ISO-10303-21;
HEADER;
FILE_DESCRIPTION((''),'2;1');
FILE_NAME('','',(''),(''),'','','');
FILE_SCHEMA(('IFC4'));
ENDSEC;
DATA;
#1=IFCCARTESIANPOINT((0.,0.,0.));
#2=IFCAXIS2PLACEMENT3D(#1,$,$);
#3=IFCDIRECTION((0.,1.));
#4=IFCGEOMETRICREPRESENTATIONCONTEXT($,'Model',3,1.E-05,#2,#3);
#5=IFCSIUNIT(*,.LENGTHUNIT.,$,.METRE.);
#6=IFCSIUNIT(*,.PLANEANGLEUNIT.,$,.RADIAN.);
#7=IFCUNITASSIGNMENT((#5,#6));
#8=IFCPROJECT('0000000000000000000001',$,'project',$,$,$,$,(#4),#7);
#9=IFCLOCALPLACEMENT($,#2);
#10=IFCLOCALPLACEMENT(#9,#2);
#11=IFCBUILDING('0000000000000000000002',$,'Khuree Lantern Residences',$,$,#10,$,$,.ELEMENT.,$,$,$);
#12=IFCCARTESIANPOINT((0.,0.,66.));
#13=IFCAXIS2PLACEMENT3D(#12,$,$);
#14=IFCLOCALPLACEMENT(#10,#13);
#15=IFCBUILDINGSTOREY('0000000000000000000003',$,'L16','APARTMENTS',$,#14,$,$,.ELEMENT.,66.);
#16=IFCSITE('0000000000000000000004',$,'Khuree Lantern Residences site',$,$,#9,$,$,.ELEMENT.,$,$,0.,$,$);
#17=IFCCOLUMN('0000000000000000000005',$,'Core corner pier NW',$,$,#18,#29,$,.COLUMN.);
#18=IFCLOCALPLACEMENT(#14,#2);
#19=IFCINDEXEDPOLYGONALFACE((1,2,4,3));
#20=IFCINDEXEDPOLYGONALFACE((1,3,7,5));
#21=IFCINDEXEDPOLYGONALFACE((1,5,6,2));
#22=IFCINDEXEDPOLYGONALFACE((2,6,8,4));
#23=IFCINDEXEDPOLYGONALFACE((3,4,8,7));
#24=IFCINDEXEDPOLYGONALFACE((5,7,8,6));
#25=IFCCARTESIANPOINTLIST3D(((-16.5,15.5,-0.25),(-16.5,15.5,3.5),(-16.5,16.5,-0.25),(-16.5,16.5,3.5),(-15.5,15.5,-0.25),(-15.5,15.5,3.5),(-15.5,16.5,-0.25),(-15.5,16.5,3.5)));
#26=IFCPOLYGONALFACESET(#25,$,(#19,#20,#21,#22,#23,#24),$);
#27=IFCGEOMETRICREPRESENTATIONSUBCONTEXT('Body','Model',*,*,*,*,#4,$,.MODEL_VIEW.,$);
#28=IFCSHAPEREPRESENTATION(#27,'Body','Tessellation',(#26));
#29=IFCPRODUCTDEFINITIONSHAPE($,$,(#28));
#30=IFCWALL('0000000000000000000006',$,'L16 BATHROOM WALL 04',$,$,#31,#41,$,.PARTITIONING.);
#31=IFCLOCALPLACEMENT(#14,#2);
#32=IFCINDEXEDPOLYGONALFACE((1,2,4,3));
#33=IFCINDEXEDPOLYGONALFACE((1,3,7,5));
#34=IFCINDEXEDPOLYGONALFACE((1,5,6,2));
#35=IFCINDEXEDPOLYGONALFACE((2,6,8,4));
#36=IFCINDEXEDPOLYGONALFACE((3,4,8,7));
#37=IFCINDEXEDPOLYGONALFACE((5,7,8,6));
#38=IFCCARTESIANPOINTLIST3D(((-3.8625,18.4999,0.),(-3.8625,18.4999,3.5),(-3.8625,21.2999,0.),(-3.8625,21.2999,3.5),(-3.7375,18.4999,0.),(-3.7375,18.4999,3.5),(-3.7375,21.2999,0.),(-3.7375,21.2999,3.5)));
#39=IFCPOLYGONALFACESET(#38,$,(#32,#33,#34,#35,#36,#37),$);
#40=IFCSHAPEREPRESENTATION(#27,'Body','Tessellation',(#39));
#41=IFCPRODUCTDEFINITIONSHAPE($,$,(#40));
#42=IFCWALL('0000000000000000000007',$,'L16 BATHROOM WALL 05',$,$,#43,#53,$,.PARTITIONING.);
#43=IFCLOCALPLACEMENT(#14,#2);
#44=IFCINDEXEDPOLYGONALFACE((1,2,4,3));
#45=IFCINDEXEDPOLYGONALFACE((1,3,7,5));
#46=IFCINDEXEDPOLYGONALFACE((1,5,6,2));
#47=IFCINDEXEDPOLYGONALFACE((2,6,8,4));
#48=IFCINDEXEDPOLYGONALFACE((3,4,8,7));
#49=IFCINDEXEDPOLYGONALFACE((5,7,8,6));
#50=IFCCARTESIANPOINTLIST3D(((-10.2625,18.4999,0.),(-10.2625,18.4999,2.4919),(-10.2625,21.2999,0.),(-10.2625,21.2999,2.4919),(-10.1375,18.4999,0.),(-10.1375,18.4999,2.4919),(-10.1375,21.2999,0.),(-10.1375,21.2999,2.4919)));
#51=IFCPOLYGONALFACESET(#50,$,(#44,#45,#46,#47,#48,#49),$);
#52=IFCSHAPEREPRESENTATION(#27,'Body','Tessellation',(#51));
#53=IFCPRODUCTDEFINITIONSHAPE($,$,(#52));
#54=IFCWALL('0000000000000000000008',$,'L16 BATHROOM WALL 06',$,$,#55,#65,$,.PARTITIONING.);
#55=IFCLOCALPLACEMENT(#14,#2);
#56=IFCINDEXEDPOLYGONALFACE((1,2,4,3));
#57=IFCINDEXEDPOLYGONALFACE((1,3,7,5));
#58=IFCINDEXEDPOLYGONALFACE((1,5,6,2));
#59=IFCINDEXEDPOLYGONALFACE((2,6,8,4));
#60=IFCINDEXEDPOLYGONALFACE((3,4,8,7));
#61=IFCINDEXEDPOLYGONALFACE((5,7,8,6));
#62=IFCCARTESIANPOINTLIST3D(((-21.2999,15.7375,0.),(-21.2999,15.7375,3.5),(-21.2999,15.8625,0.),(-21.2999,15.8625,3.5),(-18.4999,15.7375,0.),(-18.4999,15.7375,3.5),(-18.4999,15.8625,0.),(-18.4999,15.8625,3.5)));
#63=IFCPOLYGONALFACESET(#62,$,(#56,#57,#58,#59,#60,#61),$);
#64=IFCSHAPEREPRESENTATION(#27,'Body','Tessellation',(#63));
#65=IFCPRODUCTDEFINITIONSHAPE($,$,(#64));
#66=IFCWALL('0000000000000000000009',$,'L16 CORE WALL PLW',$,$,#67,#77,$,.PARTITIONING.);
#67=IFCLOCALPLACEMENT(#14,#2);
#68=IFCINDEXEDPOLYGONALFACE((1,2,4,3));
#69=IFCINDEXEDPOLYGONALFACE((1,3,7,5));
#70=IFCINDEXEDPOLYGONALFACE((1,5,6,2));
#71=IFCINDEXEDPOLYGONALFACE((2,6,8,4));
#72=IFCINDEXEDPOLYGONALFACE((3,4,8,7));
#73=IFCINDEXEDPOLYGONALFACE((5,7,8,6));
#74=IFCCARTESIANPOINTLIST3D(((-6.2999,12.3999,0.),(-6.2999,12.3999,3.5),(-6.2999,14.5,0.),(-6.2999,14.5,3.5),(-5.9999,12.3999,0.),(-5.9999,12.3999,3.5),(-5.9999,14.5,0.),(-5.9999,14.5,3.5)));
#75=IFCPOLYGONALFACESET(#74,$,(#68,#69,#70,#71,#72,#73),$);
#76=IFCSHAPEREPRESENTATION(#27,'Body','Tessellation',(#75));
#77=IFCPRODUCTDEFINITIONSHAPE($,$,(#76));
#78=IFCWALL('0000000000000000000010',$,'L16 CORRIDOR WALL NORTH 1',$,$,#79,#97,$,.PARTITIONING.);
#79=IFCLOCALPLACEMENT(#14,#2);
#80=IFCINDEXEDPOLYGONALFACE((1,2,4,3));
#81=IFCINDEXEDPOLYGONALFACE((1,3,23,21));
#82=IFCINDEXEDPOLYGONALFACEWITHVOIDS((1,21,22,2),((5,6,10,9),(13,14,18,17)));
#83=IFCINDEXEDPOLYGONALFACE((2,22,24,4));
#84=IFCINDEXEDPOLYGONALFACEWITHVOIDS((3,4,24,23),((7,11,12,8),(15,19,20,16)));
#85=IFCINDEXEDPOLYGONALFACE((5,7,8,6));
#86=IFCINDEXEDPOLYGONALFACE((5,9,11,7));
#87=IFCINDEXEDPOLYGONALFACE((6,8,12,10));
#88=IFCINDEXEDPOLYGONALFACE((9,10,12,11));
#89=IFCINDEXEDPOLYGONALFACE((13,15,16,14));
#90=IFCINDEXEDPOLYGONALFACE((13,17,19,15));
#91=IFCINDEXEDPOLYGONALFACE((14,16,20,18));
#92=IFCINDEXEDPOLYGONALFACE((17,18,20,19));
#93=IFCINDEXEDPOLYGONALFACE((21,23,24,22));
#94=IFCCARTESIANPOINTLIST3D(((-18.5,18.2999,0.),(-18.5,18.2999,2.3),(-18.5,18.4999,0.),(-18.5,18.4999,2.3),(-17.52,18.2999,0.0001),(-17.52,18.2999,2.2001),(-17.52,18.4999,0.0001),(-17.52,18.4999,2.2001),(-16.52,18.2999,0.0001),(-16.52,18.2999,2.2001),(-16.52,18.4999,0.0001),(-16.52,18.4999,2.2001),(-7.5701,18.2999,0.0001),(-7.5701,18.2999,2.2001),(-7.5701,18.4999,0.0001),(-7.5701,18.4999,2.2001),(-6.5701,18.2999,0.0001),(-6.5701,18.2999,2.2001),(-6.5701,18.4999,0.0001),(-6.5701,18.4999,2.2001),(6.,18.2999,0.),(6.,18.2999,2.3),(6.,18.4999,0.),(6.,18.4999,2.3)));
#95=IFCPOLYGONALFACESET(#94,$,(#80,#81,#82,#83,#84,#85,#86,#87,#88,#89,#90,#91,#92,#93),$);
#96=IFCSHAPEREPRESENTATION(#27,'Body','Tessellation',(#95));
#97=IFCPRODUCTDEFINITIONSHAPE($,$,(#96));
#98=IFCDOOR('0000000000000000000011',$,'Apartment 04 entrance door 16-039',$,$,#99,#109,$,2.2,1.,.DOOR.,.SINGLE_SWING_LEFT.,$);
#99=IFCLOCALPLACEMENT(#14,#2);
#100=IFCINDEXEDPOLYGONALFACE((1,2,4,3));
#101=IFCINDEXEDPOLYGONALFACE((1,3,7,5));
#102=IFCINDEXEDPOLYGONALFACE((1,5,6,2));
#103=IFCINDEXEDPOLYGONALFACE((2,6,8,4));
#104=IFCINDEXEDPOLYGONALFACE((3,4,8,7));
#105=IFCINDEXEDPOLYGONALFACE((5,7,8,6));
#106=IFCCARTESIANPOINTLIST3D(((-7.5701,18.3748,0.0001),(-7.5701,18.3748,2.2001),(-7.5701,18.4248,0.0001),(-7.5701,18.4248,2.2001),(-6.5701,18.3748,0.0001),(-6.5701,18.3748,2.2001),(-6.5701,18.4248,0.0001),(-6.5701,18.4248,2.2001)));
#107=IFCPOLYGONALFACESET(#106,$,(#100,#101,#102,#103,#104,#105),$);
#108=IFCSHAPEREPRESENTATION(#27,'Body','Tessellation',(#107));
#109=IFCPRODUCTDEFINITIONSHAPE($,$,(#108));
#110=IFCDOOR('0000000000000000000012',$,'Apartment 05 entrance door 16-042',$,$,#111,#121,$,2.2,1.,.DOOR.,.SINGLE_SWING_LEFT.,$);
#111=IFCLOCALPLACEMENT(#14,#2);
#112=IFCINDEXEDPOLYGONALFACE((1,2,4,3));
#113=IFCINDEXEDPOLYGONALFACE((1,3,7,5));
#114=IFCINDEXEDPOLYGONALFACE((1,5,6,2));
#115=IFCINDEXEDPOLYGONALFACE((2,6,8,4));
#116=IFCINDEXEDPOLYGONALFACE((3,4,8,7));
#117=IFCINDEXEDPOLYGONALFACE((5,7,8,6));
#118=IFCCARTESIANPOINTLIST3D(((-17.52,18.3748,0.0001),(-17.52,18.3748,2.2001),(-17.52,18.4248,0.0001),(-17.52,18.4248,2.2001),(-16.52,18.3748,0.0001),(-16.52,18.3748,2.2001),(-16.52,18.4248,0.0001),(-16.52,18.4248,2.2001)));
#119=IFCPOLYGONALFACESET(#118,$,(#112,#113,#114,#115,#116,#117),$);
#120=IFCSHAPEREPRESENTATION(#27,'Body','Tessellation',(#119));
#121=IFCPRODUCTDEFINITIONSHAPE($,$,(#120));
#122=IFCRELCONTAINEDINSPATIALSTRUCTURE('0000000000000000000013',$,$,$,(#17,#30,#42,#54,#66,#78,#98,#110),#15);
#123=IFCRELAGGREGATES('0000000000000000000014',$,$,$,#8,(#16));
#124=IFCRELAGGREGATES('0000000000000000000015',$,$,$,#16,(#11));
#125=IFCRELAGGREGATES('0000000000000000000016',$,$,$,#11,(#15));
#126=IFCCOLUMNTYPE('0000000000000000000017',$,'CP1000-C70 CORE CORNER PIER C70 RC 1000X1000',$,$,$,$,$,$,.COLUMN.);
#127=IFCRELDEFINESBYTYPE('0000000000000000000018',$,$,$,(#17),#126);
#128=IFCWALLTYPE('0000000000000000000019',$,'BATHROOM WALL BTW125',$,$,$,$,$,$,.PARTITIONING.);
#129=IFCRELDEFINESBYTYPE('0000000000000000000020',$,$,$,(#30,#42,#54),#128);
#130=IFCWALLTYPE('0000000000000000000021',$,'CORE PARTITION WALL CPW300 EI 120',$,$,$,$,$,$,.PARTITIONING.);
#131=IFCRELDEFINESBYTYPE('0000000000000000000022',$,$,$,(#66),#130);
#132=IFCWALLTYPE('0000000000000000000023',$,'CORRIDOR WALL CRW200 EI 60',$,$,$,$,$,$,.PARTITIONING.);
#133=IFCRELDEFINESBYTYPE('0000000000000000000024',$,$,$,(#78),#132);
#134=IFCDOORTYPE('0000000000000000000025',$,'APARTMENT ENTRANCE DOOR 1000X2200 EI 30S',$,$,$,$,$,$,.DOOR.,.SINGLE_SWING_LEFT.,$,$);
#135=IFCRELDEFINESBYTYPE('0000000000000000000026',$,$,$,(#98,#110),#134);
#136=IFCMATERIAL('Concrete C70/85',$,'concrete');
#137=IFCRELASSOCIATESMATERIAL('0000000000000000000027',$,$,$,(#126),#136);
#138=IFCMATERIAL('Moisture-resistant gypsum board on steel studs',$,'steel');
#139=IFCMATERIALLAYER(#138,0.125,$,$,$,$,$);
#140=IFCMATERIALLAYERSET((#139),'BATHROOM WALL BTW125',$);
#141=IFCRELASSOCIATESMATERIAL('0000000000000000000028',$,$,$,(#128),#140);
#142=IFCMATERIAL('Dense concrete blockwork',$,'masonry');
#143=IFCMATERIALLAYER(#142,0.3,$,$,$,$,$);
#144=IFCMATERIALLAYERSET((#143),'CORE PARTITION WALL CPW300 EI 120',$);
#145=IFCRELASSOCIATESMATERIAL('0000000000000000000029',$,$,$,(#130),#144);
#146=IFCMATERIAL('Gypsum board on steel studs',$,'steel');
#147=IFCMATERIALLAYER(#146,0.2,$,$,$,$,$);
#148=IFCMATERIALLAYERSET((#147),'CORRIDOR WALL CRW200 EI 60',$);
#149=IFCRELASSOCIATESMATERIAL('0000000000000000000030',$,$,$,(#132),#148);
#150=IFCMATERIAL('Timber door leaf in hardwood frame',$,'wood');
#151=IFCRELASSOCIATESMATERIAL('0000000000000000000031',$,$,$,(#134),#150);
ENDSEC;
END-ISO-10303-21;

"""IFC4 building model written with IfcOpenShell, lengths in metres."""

from ifc_helpers import new_model, si_unit, direction, frame, frame_2d, origin, origin_2d, place, context, subcontext, project, spatial, rectangle, extrude, material, layer, layer_set, material_profile, profile_set, type_object, element, fill, save


model = new_model("IFC4")

# Units and contexts
model_context = context("Model", 3, precision=1e-05, world=origin(), true_north=direction((0.0, 1.0)))
body_context = subcontext(model_context, "Body", "Model", "MODEL_VIEW")
ifc_project = project(units=[si_unit("LENGTHUNIT", "METRE"), si_unit("PLANEANGLEUNIT", "RADIAN")], contexts=[model_context])

# Site, building, storey
site_placement = place(None, origin())
site = spatial("IfcSite", under=ifc_project, at=site_placement, Name="Khuree Lantern Residences site", CompositionType="ELEMENT", RefElevation=0.0)
building_placement = place(site_placement, origin())
building = spatial("IfcBuilding", under=site, at=building_placement, Name="Khuree Lantern Residences", CompositionType="ELEMENT")
storey_placement = place(building_placement, frame((0.0, 0.0, 66.0)))
storey = spatial("IfcBuildingStorey", under=building, at=storey_placement, Name="L16", Description="APARTMENTS", CompositionType="ELEMENT", Elevation=66.0)

# Column
ifc_material_1 = material(Name="Concrete C70/85", Category="concrete")
ifc_material_profile = material_profile(ifc_material_1, rectangle(XDim=1.0, YDim=1.0, at=origin_2d()), Name="RC 1000X1000")
ifc_profile_set = profile_set([ifc_material_profile], Name="Concrete C70/85")
column_type = type_object("IfcColumnType", Name="CP1000-C70 CORE CORNER PIER C70 RC 1000X1000", PredefinedType="COLUMN", material=ifc_profile_set)
column_placement = place(storey_placement, frame((-16.0, 16.0, -0.25), z_axis=(0.0, 0.0, 1.0), x_axis=(1.0, 0.0, 0.0)))
element("IfcColumn", 1, at=column_placement, inside=storey, type_object=column_type, Name="Core corner pier NW", PredefinedType="COLUMN", context=body_context, shape_type="SweptSolid", body=[
    extrude(rectangle(XDim=1.0, YDim=1.0, at=origin_2d()), origin(), (0.0, 0.0, 1.0), 3.75),
])

# Walls
ifc_material_2 = material(Name="Moisture-resistant gypsum board on steel studs", Category="steel")
ifc_layer_1 = layer(ifc_material_2, 0.125)
ifc_layer_set_1 = layer_set([ifc_layer_1], Name="BATHROOM WALL BTW125")
wall_type_1 = type_object("IfcWallType", Name="BATHROOM WALL BTW125", PredefinedType="PARTITIONING", material=ifc_layer_set_1)
wall_1_placement = place(storey_placement, frame((-3.8, 18.5, 0.0), z_axis=(0.0, 0.0, 1.0), x_axis=(0.0, 1.0, 0.0)))
element("IfcWall", 2, at=wall_1_placement, inside=storey, type_object=wall_type_1, Name="L16 BATHROOM WALL 04", PredefinedType="PARTITIONING", context=body_context, shape_type="SweptSolid", body=[
    extrude(rectangle(XDim=2.8, YDim=0.125, at=frame_2d((1.3999, 0.0))), origin(), (0.0, 0.0, 1.0), 3.5),
])
wall_2_placement = place(storey_placement, frame((-10.2, 18.5, 0.0), z_axis=(0.0, 0.0, 1.0), x_axis=(0.0, 1.0, 0.0)))
element("IfcWall", 3, at=wall_2_placement, inside=storey, type_object=wall_type_1, Name="L16 BATHROOM WALL 05", PredefinedType="PARTITIONING", context=body_context, shape_type="SweptSolid", body=[
    extrude(rectangle(XDim=2.8, YDim=0.125, at=frame_2d((1.3999, 0.0))), origin(), (0.0, 0.0, 1.0), 2.4919),
])
wall_3_placement = place(storey_placement, frame((-18.5, 15.8, 0.0), z_axis=(0.0, 0.0, 1.0), x_axis=(-1.0, 0.0, 0.0)))
element("IfcWall", 4, at=wall_3_placement, inside=storey, type_object=wall_type_1, Name="L16 BATHROOM WALL 06", PredefinedType="PARTITIONING", context=body_context, shape_type="SweptSolid", body=[
    extrude(rectangle(XDim=2.8, YDim=0.125, at=frame_2d((1.3999, 0.0))), origin(), (0.0, 0.0, 1.0), 3.5),
])
ifc_material_3 = material(Name="Dense concrete blockwork", Category="masonry")
ifc_layer_2 = layer(ifc_material_3, 0.3)
ifc_layer_set_2 = layer_set([ifc_layer_2], Name="CORE PARTITION WALL CPW300 EI 120")
wall_type_2 = type_object("IfcWallType", Name="CORE PARTITION WALL CPW300 EI 120", PredefinedType="PARTITIONING", material=ifc_layer_set_2)
wall_4_placement = place(storey_placement, frame((-6.1499, 12.3999, 0.0), z_axis=(0.0, 0.0, 1.0), x_axis=(0.0, 1.0, 0.0)))
element("IfcWall", 5, at=wall_4_placement, inside=storey, type_object=wall_type_2, Name="L16 CORE WALL PLW", PredefinedType="PARTITIONING", context=body_context, shape_type="SweptSolid", body=[
    extrude(rectangle(XDim=2.1001, YDim=0.3, at=frame_2d((1.05, 0.0))), origin(), (0.0, 0.0, 1.0), 3.5),
])

# Wall, openings, doors
ifc_material_4 = material(Name="Gypsum board on steel studs", Category="steel")
ifc_layer_3 = layer(ifc_material_4, 0.2)
ifc_layer_set_3 = layer_set([ifc_layer_3], Name="CORRIDOR WALL CRW200 EI 60")
wall_type_3 = type_object("IfcWallType", Name="CORRIDOR WALL CRW200 EI 60", PredefinedType="PARTITIONING", material=ifc_layer_set_3)
wall_5_placement = place(storey_placement, frame((-18.5, 18.3999, 0.0), z_axis=(0.0, 0.0, 1.0), x_axis=(1.0, 0.0, 0.0)))
wall_5 = element("IfcWall", 6, at=wall_5_placement, inside=storey, type_object=wall_type_3, Name="L16 CORRIDOR WALL NORTH 1", PredefinedType="PARTITIONING", context=body_context, shape_type="SweptSolid", body=[
    extrude(rectangle(XDim=24.5, YDim=0.2, at=frame_2d((12.25, 0.0))), origin(), (0.0, 0.0, 1.0), 2.3),
])
opening_1_placement = place(wall_5_placement, frame((10.9299, 0.0, 0.0)))
opening_1 = element("IfcOpeningElement", 7, at=opening_1_placement, cuts=wall_5, PredefinedType="OPENING", context=body_context, shape_type="SweptSolid", body=[
    extrude(rectangle(XDim=1.0, YDim=2.2, at=frame_2d((0.5, 1.1001))), frame((0.0, 0.1099, 0.0), z_axis=(0.0, -1.0, 0.0), x_axis=(1.0, 0.0, 0.0)), (0.0, 0.0, 1.0), 0.22),
])
opening_2_placement = place(wall_5_placement, frame((0.98, 0.0, 0.0)))
opening_2 = element("IfcOpeningElement", 8, at=opening_2_placement, cuts=wall_5, PredefinedType="OPENING", context=body_context, shape_type="SweptSolid", body=[
    extrude(rectangle(XDim=1.0, YDim=2.2, at=frame_2d((0.5, 1.1001))), frame((0.0, 0.1099, 0.0), z_axis=(0.0, -1.0, 0.0), x_axis=(1.0, 0.0, 0.0)), (0.0, 0.0, 1.0), 0.22),
])
ifc_material_5 = material(Name="Timber door leaf in hardwood frame", Category="wood")
door_type_1 = type_object("IfcDoorType", Name="APARTMENT ENTRANCE DOOR 1000X2200 EI 30S", OperationType="SINGLE_SWING_LEFT", PredefinedType="DOOR", material=ifc_material_5)
door_1_placement = place(opening_1_placement, origin())
door_1 = element("IfcDoor", 9, at=door_1_placement, inside=storey, type_object=door_type_1, Name="Apartment 04 entrance door 16-039", OperationType="SINGLE_SWING_LEFT", OverallHeight=2.2, OverallWidth=1.0, PredefinedType="DOOR", context=body_context, shape_type="SweptSolid", body=[
    extrude(rectangle(XDim=1.0, YDim=2.2, at=frame_2d((0.5, 1.1001))), frame((0.0, 0.0249, 0.0), z_axis=(0.0, -1.0, 0.0), x_axis=(1.0, 0.0, 0.0)), (0.0, 0.0, 1.0), 0.05),
])
fill(opening_1, door_1)
door_2_placement = place(opening_2_placement, origin())
door_2 = element("IfcDoor", 10, at=door_2_placement, inside=storey, type_object=door_type_1, Name="Apartment 05 entrance door 16-042", OperationType="SINGLE_SWING_LEFT", OverallHeight=2.2, OverallWidth=1.0, PredefinedType="DOOR", context=body_context, shape_type="SweptSolid", body=[
    extrude(rectangle(XDim=1.0, YDim=2.2, at=frame_2d((0.5, 1.1001))), frame((0.0, 0.0249, 0.0), z_axis=(0.0, -1.0, 0.0), x_axis=(1.0, 0.0, 0.0)), (0.0, 0.0, 1.0), 0.05),
])
fill(opening_2, door_2)

save(model, "model.ifc")
